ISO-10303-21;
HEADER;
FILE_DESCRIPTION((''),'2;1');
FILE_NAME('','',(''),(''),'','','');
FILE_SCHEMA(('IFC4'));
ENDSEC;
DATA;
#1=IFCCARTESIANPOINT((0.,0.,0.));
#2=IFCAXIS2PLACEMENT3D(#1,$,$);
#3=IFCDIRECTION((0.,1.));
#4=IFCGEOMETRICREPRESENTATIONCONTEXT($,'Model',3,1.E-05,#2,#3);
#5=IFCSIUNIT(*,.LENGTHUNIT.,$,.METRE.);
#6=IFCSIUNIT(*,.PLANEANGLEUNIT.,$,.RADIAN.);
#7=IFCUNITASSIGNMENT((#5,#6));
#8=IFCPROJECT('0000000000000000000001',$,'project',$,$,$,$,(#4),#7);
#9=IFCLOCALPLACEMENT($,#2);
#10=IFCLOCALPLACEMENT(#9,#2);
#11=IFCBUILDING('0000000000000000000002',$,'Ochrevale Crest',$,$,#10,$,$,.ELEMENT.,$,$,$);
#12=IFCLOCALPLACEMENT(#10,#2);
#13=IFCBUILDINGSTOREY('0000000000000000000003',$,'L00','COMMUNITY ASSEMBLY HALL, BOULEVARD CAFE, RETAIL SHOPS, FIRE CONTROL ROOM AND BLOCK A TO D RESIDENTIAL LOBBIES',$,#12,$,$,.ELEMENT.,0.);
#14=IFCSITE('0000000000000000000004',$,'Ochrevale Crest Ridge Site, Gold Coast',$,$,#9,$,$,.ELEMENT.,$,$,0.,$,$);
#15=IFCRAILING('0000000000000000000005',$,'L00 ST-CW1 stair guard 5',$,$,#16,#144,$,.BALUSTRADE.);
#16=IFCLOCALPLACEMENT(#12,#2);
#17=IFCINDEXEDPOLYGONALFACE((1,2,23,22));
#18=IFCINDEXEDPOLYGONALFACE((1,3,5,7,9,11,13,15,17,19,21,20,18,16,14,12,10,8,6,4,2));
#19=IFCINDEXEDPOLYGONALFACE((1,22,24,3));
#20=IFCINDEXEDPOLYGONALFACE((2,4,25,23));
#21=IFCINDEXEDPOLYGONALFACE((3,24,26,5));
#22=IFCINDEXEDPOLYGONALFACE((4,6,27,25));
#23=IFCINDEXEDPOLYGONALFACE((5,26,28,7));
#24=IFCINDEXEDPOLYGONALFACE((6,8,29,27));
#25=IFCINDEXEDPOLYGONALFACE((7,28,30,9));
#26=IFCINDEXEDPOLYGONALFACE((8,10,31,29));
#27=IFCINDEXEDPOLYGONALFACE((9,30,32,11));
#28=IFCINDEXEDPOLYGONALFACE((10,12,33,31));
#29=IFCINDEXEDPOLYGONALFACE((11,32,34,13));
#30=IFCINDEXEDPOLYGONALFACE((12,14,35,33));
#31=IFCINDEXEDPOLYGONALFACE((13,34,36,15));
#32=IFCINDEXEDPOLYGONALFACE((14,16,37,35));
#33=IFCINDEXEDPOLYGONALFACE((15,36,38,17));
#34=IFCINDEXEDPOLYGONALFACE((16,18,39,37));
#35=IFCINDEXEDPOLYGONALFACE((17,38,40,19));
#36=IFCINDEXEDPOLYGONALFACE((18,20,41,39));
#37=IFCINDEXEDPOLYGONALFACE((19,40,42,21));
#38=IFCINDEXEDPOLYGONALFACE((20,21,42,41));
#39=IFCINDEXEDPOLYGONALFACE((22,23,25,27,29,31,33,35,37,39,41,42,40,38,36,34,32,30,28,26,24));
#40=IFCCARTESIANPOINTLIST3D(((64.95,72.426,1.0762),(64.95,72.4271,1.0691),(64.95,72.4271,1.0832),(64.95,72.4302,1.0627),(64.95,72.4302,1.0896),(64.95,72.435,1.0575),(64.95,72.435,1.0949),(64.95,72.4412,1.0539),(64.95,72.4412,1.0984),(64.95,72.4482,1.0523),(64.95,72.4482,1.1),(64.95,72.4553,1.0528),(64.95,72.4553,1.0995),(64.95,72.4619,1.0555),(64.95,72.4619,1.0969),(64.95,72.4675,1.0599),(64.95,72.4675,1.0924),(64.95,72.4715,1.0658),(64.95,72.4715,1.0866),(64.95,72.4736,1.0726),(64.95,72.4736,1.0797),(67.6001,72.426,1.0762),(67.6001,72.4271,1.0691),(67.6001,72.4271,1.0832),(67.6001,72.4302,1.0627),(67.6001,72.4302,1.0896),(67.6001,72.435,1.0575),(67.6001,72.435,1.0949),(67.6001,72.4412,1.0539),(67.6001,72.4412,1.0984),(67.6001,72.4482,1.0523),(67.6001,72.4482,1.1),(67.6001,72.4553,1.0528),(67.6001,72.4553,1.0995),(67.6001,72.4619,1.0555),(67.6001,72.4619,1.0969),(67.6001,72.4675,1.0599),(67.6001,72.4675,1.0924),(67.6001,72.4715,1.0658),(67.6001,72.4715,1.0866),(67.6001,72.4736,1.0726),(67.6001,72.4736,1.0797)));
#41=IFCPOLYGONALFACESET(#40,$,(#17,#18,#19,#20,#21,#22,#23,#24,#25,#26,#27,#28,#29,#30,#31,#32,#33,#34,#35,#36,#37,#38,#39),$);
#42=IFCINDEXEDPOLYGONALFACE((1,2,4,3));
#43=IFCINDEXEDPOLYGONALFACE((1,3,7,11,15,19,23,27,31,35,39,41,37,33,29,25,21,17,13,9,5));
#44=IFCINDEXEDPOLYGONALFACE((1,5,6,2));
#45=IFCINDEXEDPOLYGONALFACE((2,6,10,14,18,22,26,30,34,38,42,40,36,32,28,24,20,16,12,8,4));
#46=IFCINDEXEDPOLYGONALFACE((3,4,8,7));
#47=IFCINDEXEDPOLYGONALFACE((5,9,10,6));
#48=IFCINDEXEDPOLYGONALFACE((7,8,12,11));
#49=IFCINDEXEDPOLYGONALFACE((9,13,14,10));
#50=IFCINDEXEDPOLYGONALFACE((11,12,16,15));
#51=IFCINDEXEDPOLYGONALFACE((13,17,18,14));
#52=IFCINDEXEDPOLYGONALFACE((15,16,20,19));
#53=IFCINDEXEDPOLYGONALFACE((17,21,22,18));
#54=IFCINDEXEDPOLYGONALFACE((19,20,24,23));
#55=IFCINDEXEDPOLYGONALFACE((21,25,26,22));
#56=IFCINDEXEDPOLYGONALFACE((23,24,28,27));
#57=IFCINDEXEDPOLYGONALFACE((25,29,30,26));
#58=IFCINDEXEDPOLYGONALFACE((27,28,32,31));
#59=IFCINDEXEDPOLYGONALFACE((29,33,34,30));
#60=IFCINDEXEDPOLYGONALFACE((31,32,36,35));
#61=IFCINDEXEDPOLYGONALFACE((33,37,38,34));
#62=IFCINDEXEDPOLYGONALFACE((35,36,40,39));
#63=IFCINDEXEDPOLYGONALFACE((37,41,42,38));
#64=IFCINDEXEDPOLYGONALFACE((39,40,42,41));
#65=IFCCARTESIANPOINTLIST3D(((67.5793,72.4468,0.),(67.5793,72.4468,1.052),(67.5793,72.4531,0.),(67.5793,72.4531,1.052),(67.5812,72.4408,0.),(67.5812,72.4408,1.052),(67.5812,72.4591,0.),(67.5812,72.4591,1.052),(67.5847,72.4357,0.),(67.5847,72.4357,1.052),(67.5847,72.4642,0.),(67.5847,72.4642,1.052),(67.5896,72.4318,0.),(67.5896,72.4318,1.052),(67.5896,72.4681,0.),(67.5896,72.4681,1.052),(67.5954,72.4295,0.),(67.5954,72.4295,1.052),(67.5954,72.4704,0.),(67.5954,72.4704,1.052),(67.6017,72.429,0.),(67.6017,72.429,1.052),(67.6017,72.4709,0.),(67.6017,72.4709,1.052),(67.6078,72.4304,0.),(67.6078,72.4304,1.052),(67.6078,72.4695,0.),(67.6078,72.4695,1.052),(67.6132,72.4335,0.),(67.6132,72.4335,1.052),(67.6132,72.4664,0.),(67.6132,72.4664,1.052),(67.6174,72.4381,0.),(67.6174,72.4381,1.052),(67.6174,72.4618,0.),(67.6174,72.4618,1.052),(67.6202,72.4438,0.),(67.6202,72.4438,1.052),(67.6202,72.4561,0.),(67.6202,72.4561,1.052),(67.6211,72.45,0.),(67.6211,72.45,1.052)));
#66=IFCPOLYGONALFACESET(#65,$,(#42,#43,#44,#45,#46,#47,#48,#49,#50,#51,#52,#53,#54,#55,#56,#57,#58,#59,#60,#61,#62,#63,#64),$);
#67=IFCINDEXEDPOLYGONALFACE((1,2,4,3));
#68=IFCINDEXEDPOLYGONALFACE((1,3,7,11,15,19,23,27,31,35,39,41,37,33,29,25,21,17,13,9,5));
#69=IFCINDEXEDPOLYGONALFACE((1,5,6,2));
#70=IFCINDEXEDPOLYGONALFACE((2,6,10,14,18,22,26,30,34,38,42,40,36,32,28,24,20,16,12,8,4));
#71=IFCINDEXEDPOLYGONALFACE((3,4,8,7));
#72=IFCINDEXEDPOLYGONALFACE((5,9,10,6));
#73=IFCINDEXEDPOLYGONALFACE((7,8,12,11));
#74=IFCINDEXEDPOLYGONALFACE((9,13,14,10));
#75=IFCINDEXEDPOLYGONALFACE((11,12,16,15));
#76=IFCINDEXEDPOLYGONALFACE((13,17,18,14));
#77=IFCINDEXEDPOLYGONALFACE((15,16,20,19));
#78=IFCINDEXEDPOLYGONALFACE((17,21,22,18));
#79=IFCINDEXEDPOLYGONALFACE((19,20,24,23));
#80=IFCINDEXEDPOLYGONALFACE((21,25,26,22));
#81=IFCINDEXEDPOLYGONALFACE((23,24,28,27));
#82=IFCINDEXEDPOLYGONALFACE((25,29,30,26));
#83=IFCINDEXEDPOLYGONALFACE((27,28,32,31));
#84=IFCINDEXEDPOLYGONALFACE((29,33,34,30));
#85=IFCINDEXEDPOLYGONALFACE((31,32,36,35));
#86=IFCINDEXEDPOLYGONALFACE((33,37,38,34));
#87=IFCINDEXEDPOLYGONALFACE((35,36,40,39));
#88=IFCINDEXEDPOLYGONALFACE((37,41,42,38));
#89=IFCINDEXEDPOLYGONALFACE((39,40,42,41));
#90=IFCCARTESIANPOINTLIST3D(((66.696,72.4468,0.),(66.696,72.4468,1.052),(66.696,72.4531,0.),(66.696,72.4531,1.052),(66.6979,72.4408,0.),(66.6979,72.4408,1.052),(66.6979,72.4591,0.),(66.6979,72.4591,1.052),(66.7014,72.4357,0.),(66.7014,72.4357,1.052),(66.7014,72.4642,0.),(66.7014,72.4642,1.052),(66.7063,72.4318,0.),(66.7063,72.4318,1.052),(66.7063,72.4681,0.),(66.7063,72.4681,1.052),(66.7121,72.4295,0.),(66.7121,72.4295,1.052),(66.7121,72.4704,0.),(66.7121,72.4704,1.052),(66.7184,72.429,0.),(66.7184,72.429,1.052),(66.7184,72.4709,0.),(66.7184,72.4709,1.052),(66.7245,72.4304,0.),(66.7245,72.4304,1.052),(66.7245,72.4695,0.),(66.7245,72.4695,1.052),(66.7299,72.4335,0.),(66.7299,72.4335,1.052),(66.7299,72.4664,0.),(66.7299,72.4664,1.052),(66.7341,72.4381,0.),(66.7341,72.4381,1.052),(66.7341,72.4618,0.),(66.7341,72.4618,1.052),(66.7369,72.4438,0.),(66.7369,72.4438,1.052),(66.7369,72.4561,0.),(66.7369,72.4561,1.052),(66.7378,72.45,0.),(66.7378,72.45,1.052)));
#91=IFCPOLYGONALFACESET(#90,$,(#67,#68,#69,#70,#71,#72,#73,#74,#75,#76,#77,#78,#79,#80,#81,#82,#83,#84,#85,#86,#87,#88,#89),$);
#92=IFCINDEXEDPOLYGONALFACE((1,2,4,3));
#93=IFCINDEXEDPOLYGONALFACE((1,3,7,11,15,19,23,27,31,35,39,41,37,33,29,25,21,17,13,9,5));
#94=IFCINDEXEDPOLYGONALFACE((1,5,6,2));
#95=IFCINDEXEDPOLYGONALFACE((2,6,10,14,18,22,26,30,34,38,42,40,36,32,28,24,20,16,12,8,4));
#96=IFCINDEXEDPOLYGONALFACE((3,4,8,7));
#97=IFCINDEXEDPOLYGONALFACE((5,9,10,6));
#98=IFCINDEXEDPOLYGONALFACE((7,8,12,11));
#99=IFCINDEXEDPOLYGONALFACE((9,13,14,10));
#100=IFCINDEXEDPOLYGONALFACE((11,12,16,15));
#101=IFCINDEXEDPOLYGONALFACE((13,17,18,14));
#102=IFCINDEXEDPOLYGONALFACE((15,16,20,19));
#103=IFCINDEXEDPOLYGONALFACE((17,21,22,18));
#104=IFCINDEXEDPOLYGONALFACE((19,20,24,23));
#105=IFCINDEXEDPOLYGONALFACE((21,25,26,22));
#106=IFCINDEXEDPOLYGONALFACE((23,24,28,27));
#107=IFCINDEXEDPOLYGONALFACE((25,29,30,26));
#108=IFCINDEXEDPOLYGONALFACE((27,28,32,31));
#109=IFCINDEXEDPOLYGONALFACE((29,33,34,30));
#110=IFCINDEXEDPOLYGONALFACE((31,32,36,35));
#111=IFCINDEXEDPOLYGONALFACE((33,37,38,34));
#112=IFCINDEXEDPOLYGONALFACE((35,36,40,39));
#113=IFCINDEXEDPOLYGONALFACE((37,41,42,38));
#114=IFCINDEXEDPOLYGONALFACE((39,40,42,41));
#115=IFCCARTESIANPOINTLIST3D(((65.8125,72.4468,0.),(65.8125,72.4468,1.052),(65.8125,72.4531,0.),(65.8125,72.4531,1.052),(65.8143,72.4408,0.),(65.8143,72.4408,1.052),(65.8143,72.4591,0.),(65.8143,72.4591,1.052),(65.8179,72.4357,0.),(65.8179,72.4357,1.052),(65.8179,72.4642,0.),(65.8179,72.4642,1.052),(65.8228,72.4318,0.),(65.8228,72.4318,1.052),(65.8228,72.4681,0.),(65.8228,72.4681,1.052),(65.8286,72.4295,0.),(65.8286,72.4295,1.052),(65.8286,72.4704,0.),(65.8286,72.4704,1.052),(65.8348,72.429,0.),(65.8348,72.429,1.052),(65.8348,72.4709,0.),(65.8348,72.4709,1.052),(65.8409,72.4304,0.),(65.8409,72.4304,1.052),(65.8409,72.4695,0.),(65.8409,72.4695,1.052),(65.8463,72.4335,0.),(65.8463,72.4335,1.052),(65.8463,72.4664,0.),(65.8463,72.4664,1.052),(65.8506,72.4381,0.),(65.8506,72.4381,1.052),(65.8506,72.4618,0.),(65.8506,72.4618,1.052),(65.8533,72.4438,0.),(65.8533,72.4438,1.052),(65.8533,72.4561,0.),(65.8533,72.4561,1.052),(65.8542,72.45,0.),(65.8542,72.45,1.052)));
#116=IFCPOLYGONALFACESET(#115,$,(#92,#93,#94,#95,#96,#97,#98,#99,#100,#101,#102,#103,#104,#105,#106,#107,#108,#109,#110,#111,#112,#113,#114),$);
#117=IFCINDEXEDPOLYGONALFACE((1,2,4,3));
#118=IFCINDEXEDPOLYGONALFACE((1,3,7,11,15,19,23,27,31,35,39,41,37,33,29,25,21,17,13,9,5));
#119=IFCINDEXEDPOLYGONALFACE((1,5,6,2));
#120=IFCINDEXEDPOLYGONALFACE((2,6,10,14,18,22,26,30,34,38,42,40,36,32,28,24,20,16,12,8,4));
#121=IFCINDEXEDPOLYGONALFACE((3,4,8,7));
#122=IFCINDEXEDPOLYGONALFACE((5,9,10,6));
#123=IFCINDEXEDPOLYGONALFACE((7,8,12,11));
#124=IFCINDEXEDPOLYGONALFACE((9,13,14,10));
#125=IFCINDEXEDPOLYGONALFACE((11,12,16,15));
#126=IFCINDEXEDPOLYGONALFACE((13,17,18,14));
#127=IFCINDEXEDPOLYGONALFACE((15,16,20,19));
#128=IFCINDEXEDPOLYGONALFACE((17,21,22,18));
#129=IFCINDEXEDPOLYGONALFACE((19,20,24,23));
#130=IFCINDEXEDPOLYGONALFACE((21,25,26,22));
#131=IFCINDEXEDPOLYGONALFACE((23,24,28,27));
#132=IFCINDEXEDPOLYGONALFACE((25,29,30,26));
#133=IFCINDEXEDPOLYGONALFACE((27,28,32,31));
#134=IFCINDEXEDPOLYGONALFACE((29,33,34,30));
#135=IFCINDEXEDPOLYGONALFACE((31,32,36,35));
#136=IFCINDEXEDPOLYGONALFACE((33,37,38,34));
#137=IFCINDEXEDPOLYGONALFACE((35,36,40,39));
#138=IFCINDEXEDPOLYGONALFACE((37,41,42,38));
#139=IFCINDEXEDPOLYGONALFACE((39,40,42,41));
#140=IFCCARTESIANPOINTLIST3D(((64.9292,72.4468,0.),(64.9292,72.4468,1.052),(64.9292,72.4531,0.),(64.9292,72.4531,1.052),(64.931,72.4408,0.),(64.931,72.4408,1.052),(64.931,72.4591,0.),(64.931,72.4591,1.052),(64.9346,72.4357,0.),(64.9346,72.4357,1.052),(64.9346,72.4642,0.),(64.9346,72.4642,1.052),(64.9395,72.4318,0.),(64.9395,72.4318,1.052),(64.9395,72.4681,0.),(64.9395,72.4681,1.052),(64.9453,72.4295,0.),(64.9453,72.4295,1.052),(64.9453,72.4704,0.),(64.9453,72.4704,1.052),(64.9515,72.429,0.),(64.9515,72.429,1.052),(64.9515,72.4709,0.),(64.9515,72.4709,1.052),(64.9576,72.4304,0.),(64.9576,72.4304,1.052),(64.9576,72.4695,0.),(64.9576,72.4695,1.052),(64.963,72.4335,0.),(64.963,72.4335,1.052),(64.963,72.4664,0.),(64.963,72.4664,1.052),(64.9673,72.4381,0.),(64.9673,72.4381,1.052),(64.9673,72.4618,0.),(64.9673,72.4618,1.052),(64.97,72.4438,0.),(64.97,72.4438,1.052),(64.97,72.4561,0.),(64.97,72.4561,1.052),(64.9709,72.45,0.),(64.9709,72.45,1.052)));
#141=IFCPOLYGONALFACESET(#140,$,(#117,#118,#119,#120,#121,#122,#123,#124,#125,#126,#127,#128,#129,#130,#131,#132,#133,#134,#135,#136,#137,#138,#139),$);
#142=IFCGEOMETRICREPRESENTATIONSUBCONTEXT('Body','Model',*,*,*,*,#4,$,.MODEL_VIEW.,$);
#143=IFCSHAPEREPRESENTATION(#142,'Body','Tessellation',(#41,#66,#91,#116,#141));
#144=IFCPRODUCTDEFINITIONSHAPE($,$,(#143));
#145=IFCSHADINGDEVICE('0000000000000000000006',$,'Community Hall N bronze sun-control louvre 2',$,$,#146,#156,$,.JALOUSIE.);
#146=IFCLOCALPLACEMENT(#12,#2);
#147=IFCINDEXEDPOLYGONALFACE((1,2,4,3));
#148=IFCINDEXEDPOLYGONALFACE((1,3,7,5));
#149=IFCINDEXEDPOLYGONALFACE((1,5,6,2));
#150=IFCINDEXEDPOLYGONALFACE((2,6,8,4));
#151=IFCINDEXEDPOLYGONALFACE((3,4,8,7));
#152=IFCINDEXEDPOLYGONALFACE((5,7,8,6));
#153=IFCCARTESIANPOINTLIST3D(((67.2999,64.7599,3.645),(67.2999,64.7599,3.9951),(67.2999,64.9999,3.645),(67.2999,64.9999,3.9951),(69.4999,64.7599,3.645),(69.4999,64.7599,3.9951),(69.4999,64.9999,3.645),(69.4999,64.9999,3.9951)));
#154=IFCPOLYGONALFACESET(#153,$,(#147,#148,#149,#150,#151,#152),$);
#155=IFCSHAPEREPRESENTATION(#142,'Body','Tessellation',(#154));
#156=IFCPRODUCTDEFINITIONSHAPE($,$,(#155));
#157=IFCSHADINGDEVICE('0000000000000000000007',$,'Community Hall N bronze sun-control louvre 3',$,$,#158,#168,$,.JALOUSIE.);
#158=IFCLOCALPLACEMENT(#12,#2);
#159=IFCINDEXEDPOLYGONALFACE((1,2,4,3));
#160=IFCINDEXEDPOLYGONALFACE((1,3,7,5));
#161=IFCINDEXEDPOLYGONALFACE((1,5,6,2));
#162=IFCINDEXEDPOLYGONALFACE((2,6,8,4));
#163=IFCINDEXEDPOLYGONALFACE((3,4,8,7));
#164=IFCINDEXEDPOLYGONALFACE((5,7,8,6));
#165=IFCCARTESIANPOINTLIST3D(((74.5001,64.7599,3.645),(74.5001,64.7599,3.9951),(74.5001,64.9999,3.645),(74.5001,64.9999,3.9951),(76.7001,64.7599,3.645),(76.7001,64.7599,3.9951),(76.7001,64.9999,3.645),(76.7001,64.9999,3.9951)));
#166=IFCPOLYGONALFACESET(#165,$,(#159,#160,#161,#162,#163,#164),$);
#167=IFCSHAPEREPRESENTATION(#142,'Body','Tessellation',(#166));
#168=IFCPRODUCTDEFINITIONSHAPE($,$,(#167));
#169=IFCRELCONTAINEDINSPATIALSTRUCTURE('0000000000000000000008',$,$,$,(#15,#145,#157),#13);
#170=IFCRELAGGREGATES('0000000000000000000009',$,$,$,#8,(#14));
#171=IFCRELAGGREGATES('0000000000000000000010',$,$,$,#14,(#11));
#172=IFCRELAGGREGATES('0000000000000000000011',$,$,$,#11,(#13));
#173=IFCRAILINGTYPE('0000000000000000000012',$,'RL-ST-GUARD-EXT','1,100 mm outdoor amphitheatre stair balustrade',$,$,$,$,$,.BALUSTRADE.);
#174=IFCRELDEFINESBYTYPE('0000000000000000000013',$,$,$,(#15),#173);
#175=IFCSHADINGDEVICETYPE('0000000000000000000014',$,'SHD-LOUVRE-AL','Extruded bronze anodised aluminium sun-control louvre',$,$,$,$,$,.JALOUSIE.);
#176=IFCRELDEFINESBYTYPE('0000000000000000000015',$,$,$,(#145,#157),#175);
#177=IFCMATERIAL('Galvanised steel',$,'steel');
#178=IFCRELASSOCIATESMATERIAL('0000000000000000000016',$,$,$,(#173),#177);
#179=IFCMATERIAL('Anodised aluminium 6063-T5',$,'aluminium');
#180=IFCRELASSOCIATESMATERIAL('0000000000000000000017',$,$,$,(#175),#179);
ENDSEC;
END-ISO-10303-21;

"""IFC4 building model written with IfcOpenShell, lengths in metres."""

from ifc_helpers import new_model, si_unit, direction, frame, origin, origin_2d, place, context, subcontext, project, spatial, rectangle, circle, extrude, material, type_object, element, save


model = new_model("IFC4")

# Units and contexts
model_context = context("Model", 3, precision=1e-05, world=origin(), true_north=direction((0.0, 1.0)))
body_context = subcontext(model_context, "Body", "Model", "MODEL_VIEW")
ifc_project = project(units=[si_unit("LENGTHUNIT", "METRE"), si_unit("PLANEANGLEUNIT", "RADIAN")], contexts=[model_context])

# Site, building, storey
site_placement = place(None, origin())
site = spatial("IfcSite", under=ifc_project, at=site_placement, Name="Ochrevale Crest Ridge Site, Gold Coast", CompositionType="ELEMENT", RefElevation=0.0)
building_placement = place(site_placement, origin())
building = spatial("IfcBuilding", under=site, at=building_placement, Name="Ochrevale Crest", CompositionType="ELEMENT")
storey_placement = place(building_placement, origin())
storey = spatial("IfcBuildingStorey", under=building, at=storey_placement, Name="L00", Description="COMMUNITY ASSEMBLY HALL, BOULEVARD CAFE, RETAIL SHOPS, FIRE CONTROL ROOM AND BLOCK A TO D RESIDENTIAL LOBBIES", CompositionType="ELEMENT", Elevation=0.0)

# Railing
ifc_material_1 = material(Name="Galvanised steel", Category="steel")
railing_type = type_object("IfcRailingType", Name="RL-ST-GUARD-EXT", Description="1,100 mm outdoor amphitheatre stair balustrade", PredefinedType="BALUSTRADE", material=ifc_material_1)
railing_placement = place(storey_placement, frame((67.6001, 72.45, 0.0)))
element("IfcRailing", 1, at=railing_placement, inside=storey, type_object=railing_type, Name="L00 ST-CW1 stair guard 5", PredefinedType="BALUSTRADE", context=body_context, shape_type="SweptSolid", body=[
    extrude(circle(Radius=0.0239, at=origin_2d()), frame((0.0, 0.0, 1.0762), z_axis=(-1.0, 0.0, 0.0), x_axis=(0.0, -1.0, 0.0)), (0.0, 0.0, 1.0), 2.6501),
    extrude(circle(Radius=0.021, at=origin_2d()), origin(), (0.0, 0.0, 1.0), 1.052),
    extrude(circle(Radius=0.021, at=origin_2d()), frame((-0.8833, 0.0, 0.0)), (0.0, 0.0, 1.0), 1.052),
    extrude(circle(Radius=0.021, at=origin_2d()), frame((-1.7668, 0.0, 0.0)), (0.0, 0.0, 1.0), 1.052),
    extrude(circle(Radius=0.021, at=origin_2d()), frame((-2.6501, 0.0, 0.0)), (0.0, 0.0, 1.0), 1.052),
])

# Shading devices
ifc_material_2 = material(Name="Anodised aluminium 6063-T5", Category="aluminium")
shading_device_type = type_object("IfcShadingDeviceType", Name="SHD-LOUVRE-AL", Description="Extruded bronze anodised aluminium sun-control louvre", PredefinedType="JALOUSIE", material=ifc_material_2)
for number, where, z_axis, x_axis, name in (
    (2, (68.3999, 64.8799, 3.645), (0.0, 0.0, 1.0), (1.0, 0.0, 0.0), "Community Hall N bronze sun-control louvre 2"),
    (3, (75.6001, 64.8799, 3.645), (0.0, 0.0, 1.0), (1.0, 0.0, 0.0), "Community Hall N bronze sun-control louvre 3"),
):
    element("IfcShadingDevice", number, at=place(storey_placement, frame(where, z_axis=z_axis, x_axis=x_axis)), inside=storey, type_object=shading_device_type, Name=name, PredefinedType="JALOUSIE", context=body_context, shape_type="SweptSolid", body=[
        extrude(rectangle(XDim=2.2, YDim=0.24, at=origin_2d()), origin(), (0.0, 0.0, 1.0), 0.3501),
    ])

save(model, "model.ifc")
